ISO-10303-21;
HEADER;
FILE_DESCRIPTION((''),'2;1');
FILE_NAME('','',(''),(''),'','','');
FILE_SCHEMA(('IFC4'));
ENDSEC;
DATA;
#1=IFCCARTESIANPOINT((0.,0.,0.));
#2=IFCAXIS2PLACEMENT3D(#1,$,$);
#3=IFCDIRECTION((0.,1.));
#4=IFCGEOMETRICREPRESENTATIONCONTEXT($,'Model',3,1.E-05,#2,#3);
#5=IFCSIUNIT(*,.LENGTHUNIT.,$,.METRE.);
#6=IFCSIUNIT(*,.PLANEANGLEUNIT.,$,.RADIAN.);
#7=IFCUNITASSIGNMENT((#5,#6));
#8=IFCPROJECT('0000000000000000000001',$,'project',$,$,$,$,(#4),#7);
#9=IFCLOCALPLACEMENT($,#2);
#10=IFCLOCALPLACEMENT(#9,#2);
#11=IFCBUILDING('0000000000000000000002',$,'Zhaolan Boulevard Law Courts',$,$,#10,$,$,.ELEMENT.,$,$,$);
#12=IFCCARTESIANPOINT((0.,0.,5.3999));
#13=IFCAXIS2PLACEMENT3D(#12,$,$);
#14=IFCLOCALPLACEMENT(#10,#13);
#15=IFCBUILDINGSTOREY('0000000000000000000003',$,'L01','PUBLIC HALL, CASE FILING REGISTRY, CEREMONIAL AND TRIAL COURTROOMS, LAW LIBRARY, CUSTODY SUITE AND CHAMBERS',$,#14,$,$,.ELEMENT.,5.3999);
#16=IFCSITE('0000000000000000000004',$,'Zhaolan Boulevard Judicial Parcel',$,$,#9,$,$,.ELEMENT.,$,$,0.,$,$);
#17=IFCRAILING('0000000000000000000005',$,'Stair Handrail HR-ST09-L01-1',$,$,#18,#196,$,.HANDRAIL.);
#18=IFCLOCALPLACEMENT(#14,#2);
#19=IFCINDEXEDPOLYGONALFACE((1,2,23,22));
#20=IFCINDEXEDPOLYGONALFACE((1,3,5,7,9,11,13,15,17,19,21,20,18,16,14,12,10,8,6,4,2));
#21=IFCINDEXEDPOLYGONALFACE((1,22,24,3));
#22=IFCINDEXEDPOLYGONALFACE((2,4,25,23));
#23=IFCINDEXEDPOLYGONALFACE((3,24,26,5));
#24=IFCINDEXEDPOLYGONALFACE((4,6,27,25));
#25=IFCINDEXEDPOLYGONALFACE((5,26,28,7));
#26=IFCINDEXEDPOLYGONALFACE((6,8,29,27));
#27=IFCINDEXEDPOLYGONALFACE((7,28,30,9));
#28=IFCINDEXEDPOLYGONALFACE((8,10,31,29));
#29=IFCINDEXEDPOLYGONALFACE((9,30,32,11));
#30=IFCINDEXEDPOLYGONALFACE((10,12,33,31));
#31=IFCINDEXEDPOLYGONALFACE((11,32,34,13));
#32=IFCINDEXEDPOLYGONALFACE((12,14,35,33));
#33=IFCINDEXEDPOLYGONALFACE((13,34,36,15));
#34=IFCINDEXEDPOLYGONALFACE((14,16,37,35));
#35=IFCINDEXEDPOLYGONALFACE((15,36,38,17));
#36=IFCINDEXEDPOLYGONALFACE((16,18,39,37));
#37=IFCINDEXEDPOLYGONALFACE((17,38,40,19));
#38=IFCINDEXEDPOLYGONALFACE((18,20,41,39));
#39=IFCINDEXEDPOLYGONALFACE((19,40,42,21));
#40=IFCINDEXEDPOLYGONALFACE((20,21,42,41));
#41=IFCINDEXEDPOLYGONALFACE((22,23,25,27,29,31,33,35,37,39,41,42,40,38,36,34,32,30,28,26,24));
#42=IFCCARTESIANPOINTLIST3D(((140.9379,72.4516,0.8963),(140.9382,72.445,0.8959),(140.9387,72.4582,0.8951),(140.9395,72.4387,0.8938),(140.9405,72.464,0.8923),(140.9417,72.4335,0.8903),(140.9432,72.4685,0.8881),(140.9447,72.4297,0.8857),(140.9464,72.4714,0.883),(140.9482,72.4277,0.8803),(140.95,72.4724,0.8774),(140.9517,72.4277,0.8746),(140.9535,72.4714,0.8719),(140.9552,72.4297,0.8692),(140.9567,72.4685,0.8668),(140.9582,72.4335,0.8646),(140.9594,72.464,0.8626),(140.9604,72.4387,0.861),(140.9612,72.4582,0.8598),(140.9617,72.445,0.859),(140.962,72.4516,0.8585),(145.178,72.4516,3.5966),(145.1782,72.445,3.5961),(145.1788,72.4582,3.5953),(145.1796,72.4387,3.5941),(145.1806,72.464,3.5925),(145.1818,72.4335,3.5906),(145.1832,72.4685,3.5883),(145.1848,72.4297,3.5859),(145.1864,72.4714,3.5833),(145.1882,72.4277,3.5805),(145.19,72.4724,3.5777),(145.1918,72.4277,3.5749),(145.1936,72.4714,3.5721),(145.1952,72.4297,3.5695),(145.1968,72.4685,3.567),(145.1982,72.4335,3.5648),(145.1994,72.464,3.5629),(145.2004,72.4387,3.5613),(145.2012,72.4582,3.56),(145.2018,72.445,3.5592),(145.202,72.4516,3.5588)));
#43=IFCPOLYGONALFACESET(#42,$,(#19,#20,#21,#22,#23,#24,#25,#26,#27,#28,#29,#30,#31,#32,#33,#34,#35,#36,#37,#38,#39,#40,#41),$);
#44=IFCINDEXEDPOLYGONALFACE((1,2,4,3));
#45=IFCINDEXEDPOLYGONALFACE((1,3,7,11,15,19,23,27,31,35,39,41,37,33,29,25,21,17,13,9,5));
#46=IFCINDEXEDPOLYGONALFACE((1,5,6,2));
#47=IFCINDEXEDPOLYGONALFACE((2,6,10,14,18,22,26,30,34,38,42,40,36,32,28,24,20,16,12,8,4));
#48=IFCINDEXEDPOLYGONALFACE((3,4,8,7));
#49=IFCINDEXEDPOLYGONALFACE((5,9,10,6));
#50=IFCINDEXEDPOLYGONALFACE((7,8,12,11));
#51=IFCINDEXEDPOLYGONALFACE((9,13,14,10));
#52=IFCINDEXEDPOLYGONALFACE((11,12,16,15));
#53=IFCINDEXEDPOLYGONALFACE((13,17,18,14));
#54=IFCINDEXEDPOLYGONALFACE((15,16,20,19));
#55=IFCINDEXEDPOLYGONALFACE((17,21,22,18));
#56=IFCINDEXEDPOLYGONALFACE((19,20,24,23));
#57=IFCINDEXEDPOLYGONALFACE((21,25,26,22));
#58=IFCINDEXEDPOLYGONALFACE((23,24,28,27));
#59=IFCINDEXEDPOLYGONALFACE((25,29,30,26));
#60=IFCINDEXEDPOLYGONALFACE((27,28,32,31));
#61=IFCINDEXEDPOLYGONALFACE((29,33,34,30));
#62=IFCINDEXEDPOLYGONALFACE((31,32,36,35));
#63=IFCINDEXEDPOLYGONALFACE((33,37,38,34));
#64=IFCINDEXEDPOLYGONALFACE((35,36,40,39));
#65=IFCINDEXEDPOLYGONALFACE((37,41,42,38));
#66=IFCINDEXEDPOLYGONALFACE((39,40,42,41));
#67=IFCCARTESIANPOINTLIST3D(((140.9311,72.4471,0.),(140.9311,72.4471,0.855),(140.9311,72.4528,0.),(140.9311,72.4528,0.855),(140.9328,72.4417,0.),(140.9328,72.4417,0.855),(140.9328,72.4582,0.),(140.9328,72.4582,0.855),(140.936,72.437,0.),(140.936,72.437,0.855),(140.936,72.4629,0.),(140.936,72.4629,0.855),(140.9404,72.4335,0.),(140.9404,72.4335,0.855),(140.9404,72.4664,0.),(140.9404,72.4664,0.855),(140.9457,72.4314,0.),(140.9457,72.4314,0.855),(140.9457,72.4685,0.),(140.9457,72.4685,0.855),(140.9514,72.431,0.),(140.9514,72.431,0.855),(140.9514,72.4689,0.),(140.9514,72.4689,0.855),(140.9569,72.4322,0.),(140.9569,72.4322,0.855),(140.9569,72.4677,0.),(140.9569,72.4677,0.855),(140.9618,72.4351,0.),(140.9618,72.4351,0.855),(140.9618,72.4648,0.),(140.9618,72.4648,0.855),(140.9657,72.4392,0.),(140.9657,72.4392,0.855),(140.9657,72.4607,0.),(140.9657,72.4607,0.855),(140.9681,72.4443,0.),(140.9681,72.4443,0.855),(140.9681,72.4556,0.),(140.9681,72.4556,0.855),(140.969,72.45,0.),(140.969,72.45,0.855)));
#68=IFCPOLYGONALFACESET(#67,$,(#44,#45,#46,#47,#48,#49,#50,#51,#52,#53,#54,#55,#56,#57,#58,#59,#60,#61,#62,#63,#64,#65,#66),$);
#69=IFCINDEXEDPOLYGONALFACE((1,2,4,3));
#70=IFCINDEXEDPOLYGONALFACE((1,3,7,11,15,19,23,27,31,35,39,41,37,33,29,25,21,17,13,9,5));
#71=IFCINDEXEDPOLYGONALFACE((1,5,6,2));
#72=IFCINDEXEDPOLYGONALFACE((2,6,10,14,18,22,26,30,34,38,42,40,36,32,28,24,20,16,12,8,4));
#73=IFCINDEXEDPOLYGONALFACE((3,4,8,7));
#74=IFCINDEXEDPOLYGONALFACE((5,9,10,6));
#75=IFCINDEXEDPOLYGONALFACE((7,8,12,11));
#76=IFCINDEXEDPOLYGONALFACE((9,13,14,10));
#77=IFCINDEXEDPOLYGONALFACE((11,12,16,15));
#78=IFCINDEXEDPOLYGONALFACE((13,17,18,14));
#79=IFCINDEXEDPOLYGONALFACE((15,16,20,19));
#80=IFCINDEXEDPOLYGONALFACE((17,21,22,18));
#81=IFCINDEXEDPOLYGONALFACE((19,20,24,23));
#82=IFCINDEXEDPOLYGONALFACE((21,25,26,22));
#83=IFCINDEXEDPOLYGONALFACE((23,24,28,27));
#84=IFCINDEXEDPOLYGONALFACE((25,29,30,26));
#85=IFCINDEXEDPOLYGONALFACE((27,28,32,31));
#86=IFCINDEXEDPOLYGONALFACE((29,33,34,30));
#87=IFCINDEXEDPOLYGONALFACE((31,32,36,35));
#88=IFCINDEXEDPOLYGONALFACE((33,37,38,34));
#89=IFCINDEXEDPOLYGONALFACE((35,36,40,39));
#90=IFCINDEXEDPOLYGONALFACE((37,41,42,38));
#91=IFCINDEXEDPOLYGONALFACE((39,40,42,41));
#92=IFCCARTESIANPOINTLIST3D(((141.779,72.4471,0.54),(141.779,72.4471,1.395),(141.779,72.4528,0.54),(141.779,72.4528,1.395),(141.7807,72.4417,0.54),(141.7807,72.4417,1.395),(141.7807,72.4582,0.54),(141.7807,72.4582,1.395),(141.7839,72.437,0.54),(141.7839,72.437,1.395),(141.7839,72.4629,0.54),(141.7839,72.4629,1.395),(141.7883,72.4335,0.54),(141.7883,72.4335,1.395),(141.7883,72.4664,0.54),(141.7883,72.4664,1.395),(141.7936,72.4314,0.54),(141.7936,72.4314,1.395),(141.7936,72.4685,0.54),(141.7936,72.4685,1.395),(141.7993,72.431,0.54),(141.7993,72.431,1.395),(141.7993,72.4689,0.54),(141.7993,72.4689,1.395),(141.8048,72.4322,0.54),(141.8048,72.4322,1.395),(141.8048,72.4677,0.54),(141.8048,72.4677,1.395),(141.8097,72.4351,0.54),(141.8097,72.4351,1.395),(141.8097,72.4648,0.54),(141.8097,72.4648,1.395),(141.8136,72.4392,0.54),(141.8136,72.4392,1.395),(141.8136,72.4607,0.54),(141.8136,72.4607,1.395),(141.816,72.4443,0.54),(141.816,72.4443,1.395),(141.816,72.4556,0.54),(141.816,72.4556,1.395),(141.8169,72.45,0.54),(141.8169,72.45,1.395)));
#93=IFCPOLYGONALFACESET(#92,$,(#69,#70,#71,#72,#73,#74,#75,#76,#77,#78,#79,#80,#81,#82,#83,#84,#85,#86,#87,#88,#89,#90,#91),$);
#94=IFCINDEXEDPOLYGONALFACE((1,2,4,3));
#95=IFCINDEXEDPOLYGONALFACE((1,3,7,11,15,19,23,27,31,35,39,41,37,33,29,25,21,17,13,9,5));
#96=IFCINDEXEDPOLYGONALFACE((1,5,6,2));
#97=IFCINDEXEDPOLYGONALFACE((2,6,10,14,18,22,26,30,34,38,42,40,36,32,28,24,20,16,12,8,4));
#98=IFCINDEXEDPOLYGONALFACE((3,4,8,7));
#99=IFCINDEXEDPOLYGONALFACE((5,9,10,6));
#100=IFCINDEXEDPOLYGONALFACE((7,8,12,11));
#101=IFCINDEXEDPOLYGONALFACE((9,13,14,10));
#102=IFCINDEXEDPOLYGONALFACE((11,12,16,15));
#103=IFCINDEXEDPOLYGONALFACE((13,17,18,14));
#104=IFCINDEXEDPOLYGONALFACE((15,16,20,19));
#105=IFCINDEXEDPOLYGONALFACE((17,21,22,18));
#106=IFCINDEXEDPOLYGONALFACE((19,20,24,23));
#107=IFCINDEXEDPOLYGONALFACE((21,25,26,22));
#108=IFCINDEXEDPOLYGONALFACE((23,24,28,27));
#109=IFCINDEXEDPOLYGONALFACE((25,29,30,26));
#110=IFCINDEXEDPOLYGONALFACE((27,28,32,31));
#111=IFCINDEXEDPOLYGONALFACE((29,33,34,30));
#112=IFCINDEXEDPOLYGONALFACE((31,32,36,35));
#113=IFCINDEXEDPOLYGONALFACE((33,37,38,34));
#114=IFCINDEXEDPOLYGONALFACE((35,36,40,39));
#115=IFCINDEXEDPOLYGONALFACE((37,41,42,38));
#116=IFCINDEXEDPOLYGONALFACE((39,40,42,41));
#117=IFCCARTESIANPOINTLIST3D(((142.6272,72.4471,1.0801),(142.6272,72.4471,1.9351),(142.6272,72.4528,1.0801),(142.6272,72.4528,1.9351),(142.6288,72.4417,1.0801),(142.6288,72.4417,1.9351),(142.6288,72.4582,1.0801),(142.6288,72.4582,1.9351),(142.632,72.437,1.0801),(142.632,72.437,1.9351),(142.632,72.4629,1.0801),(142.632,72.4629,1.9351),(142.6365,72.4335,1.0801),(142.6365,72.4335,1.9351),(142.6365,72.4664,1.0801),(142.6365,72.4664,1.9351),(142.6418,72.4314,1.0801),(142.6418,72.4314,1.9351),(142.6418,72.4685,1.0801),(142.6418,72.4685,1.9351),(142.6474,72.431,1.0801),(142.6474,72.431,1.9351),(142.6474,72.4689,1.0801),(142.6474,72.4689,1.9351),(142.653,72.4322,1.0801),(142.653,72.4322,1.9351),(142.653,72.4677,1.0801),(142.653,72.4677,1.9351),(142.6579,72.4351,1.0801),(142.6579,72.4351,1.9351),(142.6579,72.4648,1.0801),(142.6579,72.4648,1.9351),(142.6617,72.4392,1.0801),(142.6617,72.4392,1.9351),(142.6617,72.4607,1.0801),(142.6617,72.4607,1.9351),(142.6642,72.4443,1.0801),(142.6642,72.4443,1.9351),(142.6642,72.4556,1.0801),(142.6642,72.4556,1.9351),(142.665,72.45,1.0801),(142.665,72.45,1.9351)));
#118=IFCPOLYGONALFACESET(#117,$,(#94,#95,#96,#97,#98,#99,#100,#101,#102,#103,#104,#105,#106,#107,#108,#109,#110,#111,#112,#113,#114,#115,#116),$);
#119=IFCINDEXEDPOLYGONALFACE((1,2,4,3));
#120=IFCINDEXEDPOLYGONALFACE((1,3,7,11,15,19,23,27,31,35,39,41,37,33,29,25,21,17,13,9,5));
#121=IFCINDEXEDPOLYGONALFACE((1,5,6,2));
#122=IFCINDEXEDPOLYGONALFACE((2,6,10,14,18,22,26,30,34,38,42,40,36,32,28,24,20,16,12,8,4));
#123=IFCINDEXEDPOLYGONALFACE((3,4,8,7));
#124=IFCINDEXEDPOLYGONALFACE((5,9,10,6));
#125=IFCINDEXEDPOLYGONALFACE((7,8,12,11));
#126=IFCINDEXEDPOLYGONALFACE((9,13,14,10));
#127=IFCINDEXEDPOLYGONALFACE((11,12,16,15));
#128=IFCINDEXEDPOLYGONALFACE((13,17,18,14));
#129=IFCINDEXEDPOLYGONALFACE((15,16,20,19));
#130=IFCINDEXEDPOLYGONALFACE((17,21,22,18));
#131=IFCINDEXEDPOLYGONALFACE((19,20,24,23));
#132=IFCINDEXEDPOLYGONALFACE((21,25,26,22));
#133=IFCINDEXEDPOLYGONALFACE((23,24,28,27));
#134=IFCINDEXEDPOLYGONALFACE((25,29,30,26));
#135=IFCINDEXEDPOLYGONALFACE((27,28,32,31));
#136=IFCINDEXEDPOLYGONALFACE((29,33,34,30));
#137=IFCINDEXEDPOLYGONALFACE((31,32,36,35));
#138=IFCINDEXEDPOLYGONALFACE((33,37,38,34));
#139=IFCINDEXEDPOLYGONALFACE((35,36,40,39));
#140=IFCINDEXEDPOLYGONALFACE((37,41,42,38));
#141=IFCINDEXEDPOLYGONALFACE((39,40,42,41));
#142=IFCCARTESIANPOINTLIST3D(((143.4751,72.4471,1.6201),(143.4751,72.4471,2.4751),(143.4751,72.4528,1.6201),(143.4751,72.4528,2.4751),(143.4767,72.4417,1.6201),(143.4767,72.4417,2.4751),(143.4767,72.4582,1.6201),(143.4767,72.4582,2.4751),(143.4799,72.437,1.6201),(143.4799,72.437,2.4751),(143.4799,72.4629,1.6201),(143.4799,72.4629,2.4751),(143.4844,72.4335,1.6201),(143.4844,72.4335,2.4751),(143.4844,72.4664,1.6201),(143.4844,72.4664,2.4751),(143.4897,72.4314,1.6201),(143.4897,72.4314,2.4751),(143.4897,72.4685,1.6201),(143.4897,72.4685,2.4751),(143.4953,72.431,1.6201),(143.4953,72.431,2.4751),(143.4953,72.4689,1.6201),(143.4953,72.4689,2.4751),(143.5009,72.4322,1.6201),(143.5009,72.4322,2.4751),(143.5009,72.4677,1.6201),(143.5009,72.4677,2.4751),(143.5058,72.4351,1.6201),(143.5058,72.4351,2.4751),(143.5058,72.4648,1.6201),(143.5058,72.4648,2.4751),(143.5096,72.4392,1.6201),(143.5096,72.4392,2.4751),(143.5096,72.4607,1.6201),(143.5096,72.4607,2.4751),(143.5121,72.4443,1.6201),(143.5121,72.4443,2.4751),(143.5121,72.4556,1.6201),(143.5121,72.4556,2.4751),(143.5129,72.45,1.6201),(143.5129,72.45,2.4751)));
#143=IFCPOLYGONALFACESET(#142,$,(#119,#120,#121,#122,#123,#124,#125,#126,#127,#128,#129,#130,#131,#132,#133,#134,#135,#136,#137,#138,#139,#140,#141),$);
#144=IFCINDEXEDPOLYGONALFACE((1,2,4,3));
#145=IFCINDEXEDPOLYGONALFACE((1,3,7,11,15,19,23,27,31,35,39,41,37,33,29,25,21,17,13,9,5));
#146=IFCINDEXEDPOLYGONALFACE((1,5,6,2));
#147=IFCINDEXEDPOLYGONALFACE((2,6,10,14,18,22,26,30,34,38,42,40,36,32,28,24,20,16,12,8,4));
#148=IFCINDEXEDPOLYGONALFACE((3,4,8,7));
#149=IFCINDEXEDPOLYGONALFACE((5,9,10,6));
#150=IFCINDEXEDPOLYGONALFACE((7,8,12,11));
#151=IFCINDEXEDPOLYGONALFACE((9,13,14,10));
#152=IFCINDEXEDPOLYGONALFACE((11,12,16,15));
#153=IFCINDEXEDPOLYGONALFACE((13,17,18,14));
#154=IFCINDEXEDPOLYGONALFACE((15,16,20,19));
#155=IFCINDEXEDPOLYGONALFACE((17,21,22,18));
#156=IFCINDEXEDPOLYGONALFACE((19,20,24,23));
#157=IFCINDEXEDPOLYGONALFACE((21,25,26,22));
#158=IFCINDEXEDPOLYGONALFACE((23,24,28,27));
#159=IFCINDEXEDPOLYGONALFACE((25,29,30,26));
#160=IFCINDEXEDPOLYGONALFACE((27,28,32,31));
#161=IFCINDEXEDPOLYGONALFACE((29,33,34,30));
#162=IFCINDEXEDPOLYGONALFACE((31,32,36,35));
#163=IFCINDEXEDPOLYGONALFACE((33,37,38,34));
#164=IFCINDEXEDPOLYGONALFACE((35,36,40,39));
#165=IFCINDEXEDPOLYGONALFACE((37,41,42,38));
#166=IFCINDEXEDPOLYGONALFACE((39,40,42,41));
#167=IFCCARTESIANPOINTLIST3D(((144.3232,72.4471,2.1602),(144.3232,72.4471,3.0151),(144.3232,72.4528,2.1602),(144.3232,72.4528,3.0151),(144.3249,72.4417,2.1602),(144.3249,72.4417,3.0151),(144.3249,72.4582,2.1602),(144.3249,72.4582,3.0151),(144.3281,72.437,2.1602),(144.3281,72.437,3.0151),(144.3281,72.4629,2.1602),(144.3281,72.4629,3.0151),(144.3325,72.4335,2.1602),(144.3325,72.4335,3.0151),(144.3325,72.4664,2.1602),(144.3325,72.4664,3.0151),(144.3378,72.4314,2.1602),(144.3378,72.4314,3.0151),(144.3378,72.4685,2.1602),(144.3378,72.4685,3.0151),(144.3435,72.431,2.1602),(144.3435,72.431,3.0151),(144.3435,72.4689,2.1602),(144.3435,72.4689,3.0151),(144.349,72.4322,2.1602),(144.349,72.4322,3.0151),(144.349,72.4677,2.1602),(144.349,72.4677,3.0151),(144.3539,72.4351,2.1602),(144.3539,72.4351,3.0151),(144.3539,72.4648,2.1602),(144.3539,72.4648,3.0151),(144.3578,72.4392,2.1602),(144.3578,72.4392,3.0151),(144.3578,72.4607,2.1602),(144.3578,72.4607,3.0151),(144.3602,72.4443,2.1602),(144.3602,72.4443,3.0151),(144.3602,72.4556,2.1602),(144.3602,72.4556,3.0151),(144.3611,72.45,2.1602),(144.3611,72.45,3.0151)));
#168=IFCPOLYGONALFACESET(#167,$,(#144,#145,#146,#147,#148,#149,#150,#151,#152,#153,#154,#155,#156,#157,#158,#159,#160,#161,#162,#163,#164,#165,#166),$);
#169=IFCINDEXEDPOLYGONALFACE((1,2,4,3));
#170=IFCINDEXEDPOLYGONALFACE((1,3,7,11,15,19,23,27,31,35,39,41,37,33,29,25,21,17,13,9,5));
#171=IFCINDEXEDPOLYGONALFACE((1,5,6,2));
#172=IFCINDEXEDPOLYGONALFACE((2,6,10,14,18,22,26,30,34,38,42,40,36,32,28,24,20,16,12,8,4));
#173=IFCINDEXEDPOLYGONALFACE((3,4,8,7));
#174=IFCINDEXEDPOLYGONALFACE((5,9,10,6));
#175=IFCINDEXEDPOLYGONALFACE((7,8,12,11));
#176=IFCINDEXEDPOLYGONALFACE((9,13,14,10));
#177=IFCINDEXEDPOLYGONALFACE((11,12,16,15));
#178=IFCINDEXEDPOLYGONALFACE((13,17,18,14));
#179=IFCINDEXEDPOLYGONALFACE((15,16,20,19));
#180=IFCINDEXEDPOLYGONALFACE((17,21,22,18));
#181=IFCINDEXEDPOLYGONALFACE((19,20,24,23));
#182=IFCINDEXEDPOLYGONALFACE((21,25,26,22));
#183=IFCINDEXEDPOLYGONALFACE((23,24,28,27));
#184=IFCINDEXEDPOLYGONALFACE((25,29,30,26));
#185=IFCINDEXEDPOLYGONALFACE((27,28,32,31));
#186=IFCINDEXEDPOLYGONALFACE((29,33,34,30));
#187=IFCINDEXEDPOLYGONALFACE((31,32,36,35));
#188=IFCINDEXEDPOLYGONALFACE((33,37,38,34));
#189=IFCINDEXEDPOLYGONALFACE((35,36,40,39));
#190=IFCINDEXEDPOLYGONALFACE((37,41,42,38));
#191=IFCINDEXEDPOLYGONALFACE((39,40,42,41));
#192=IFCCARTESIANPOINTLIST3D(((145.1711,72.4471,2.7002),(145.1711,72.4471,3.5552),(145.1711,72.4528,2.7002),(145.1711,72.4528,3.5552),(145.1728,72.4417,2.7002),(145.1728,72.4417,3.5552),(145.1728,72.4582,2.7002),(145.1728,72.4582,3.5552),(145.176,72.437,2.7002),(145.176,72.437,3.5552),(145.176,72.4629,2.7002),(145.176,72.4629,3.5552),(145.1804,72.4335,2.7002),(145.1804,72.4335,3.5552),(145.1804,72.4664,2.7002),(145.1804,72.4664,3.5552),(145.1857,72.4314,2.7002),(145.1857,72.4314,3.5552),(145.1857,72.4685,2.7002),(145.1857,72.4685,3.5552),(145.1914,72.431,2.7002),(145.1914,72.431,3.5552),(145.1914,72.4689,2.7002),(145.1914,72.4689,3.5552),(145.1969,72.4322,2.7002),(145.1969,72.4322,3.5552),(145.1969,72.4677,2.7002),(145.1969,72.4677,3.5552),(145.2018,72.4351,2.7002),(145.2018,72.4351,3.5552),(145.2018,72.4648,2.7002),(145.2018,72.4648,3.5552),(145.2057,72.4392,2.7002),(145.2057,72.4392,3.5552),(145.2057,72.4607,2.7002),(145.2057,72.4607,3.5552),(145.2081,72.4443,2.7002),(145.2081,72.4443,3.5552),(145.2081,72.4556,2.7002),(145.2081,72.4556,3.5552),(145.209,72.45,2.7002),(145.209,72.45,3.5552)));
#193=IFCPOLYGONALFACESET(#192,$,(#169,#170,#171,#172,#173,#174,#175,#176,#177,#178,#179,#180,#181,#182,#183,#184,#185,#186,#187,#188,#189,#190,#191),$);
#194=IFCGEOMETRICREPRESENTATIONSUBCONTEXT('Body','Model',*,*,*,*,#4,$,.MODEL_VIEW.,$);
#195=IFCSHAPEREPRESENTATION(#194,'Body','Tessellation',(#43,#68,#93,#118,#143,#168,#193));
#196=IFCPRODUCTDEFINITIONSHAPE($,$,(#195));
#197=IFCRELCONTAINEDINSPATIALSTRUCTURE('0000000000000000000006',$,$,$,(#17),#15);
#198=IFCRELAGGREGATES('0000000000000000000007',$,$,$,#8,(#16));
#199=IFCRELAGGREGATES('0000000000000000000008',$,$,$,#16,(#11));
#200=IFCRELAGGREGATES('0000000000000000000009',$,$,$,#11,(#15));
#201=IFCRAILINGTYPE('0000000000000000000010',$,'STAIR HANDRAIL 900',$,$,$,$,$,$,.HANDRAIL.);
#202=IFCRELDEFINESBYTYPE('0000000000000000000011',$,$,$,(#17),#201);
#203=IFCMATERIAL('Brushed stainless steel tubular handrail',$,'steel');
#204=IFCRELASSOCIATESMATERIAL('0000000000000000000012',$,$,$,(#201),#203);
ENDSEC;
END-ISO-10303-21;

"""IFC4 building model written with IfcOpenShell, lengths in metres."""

from ifc_helpers import new_model, si_unit, direction, frame, origin, origin_2d, place, context, subcontext, project, spatial, circle, extrude, material, type_object, element, save


model = new_model("IFC4")

# Units and contexts
model_context = context("Model", 3, precision=1e-05, world=origin(), true_north=direction((0.0, 1.0)))
body_context = subcontext(model_context, "Body", "Model", "MODEL_VIEW")
ifc_project = project(units=[si_unit("LENGTHUNIT", "METRE"), si_unit("PLANEANGLEUNIT", "RADIAN")], contexts=[model_context])

# Site, building, storey
site_placement = place(None, origin())
site = spatial("IfcSite", under=ifc_project, at=site_placement, Name="Zhaolan Boulevard Judicial Parcel", CompositionType="ELEMENT", RefElevation=0.0)
building_placement = place(site_placement, origin())
building = spatial("IfcBuilding", under=site, at=building_placement, Name="Zhaolan Boulevard Law Courts", CompositionType="ELEMENT")
storey_placement = place(building_placement, frame((0.0, 0.0, 5.3999)))
storey = spatial("IfcBuildingStorey", under=building, at=storey_placement, Name="L01", Description="PUBLIC HALL, CASE FILING REGISTRY, CEREMONIAL AND TRIAL COURTROOMS, LAW LIBRARY, CUSTODY SUITE AND CHAMBERS", CompositionType="ELEMENT", Elevation=5.3999)

# Railing
ifc_material_1 = material(Name="Brushed stainless steel tubular handrail", Category="steel")
railing_type_1 = type_object("IfcRailingType", Name="STAIR HANDRAIL 900", PredefinedType="HANDRAIL", material=ifc_material_1)
railing_1_placement = place(storey_placement, frame((140.95, 72.45, 0.0)))
element("IfcRailing", 1, at=railing_1_placement, inside=storey, type_object=railing_type_1, Name="Stair Handrail HR-ST09-L01-1", PredefinedType="HANDRAIL", context=body_context, shape_type="SweptSolid", body=[
    extrude(circle(Radius=0.0225, at=origin_2d()), frame((0.0, 0.0, 0.8774), z_axis=(0.843479, 0.0, 0.537161), x_axis=(0.0, 1.0, 0.0)), (0.0, 0.0, 1.0), 5.0269),
    extrude(circle(Radius=0.019, at=origin_2d()), origin(), (0.0, 0.0, 1.0), 0.855),
    extrude(circle(Radius=0.019, at=origin_2d()), frame((0.8479, 0.0, 0.54)), (0.0, 0.0, 1.0), 0.855),
    extrude(circle(Radius=0.019, at=origin_2d()), frame((1.696, 0.0, 1.0801)), (0.0, 0.0, 1.0), 0.855),
    extrude(circle(Radius=0.019, at=origin_2d()), frame((2.5439, 0.0, 1.6201)), (0.0, 0.0, 1.0), 0.855),
    extrude(circle(Radius=0.019, at=origin_2d()), frame((3.3921, 0.0, 2.1602)), (0.0, 0.0, 1.0), 0.855),
    extrude(circle(Radius=0.019, at=origin_2d()), frame((4.24, 0.0, 2.7002)), (0.0, 0.0, 1.0), 0.855),
])

save(model, "model.ifc")
